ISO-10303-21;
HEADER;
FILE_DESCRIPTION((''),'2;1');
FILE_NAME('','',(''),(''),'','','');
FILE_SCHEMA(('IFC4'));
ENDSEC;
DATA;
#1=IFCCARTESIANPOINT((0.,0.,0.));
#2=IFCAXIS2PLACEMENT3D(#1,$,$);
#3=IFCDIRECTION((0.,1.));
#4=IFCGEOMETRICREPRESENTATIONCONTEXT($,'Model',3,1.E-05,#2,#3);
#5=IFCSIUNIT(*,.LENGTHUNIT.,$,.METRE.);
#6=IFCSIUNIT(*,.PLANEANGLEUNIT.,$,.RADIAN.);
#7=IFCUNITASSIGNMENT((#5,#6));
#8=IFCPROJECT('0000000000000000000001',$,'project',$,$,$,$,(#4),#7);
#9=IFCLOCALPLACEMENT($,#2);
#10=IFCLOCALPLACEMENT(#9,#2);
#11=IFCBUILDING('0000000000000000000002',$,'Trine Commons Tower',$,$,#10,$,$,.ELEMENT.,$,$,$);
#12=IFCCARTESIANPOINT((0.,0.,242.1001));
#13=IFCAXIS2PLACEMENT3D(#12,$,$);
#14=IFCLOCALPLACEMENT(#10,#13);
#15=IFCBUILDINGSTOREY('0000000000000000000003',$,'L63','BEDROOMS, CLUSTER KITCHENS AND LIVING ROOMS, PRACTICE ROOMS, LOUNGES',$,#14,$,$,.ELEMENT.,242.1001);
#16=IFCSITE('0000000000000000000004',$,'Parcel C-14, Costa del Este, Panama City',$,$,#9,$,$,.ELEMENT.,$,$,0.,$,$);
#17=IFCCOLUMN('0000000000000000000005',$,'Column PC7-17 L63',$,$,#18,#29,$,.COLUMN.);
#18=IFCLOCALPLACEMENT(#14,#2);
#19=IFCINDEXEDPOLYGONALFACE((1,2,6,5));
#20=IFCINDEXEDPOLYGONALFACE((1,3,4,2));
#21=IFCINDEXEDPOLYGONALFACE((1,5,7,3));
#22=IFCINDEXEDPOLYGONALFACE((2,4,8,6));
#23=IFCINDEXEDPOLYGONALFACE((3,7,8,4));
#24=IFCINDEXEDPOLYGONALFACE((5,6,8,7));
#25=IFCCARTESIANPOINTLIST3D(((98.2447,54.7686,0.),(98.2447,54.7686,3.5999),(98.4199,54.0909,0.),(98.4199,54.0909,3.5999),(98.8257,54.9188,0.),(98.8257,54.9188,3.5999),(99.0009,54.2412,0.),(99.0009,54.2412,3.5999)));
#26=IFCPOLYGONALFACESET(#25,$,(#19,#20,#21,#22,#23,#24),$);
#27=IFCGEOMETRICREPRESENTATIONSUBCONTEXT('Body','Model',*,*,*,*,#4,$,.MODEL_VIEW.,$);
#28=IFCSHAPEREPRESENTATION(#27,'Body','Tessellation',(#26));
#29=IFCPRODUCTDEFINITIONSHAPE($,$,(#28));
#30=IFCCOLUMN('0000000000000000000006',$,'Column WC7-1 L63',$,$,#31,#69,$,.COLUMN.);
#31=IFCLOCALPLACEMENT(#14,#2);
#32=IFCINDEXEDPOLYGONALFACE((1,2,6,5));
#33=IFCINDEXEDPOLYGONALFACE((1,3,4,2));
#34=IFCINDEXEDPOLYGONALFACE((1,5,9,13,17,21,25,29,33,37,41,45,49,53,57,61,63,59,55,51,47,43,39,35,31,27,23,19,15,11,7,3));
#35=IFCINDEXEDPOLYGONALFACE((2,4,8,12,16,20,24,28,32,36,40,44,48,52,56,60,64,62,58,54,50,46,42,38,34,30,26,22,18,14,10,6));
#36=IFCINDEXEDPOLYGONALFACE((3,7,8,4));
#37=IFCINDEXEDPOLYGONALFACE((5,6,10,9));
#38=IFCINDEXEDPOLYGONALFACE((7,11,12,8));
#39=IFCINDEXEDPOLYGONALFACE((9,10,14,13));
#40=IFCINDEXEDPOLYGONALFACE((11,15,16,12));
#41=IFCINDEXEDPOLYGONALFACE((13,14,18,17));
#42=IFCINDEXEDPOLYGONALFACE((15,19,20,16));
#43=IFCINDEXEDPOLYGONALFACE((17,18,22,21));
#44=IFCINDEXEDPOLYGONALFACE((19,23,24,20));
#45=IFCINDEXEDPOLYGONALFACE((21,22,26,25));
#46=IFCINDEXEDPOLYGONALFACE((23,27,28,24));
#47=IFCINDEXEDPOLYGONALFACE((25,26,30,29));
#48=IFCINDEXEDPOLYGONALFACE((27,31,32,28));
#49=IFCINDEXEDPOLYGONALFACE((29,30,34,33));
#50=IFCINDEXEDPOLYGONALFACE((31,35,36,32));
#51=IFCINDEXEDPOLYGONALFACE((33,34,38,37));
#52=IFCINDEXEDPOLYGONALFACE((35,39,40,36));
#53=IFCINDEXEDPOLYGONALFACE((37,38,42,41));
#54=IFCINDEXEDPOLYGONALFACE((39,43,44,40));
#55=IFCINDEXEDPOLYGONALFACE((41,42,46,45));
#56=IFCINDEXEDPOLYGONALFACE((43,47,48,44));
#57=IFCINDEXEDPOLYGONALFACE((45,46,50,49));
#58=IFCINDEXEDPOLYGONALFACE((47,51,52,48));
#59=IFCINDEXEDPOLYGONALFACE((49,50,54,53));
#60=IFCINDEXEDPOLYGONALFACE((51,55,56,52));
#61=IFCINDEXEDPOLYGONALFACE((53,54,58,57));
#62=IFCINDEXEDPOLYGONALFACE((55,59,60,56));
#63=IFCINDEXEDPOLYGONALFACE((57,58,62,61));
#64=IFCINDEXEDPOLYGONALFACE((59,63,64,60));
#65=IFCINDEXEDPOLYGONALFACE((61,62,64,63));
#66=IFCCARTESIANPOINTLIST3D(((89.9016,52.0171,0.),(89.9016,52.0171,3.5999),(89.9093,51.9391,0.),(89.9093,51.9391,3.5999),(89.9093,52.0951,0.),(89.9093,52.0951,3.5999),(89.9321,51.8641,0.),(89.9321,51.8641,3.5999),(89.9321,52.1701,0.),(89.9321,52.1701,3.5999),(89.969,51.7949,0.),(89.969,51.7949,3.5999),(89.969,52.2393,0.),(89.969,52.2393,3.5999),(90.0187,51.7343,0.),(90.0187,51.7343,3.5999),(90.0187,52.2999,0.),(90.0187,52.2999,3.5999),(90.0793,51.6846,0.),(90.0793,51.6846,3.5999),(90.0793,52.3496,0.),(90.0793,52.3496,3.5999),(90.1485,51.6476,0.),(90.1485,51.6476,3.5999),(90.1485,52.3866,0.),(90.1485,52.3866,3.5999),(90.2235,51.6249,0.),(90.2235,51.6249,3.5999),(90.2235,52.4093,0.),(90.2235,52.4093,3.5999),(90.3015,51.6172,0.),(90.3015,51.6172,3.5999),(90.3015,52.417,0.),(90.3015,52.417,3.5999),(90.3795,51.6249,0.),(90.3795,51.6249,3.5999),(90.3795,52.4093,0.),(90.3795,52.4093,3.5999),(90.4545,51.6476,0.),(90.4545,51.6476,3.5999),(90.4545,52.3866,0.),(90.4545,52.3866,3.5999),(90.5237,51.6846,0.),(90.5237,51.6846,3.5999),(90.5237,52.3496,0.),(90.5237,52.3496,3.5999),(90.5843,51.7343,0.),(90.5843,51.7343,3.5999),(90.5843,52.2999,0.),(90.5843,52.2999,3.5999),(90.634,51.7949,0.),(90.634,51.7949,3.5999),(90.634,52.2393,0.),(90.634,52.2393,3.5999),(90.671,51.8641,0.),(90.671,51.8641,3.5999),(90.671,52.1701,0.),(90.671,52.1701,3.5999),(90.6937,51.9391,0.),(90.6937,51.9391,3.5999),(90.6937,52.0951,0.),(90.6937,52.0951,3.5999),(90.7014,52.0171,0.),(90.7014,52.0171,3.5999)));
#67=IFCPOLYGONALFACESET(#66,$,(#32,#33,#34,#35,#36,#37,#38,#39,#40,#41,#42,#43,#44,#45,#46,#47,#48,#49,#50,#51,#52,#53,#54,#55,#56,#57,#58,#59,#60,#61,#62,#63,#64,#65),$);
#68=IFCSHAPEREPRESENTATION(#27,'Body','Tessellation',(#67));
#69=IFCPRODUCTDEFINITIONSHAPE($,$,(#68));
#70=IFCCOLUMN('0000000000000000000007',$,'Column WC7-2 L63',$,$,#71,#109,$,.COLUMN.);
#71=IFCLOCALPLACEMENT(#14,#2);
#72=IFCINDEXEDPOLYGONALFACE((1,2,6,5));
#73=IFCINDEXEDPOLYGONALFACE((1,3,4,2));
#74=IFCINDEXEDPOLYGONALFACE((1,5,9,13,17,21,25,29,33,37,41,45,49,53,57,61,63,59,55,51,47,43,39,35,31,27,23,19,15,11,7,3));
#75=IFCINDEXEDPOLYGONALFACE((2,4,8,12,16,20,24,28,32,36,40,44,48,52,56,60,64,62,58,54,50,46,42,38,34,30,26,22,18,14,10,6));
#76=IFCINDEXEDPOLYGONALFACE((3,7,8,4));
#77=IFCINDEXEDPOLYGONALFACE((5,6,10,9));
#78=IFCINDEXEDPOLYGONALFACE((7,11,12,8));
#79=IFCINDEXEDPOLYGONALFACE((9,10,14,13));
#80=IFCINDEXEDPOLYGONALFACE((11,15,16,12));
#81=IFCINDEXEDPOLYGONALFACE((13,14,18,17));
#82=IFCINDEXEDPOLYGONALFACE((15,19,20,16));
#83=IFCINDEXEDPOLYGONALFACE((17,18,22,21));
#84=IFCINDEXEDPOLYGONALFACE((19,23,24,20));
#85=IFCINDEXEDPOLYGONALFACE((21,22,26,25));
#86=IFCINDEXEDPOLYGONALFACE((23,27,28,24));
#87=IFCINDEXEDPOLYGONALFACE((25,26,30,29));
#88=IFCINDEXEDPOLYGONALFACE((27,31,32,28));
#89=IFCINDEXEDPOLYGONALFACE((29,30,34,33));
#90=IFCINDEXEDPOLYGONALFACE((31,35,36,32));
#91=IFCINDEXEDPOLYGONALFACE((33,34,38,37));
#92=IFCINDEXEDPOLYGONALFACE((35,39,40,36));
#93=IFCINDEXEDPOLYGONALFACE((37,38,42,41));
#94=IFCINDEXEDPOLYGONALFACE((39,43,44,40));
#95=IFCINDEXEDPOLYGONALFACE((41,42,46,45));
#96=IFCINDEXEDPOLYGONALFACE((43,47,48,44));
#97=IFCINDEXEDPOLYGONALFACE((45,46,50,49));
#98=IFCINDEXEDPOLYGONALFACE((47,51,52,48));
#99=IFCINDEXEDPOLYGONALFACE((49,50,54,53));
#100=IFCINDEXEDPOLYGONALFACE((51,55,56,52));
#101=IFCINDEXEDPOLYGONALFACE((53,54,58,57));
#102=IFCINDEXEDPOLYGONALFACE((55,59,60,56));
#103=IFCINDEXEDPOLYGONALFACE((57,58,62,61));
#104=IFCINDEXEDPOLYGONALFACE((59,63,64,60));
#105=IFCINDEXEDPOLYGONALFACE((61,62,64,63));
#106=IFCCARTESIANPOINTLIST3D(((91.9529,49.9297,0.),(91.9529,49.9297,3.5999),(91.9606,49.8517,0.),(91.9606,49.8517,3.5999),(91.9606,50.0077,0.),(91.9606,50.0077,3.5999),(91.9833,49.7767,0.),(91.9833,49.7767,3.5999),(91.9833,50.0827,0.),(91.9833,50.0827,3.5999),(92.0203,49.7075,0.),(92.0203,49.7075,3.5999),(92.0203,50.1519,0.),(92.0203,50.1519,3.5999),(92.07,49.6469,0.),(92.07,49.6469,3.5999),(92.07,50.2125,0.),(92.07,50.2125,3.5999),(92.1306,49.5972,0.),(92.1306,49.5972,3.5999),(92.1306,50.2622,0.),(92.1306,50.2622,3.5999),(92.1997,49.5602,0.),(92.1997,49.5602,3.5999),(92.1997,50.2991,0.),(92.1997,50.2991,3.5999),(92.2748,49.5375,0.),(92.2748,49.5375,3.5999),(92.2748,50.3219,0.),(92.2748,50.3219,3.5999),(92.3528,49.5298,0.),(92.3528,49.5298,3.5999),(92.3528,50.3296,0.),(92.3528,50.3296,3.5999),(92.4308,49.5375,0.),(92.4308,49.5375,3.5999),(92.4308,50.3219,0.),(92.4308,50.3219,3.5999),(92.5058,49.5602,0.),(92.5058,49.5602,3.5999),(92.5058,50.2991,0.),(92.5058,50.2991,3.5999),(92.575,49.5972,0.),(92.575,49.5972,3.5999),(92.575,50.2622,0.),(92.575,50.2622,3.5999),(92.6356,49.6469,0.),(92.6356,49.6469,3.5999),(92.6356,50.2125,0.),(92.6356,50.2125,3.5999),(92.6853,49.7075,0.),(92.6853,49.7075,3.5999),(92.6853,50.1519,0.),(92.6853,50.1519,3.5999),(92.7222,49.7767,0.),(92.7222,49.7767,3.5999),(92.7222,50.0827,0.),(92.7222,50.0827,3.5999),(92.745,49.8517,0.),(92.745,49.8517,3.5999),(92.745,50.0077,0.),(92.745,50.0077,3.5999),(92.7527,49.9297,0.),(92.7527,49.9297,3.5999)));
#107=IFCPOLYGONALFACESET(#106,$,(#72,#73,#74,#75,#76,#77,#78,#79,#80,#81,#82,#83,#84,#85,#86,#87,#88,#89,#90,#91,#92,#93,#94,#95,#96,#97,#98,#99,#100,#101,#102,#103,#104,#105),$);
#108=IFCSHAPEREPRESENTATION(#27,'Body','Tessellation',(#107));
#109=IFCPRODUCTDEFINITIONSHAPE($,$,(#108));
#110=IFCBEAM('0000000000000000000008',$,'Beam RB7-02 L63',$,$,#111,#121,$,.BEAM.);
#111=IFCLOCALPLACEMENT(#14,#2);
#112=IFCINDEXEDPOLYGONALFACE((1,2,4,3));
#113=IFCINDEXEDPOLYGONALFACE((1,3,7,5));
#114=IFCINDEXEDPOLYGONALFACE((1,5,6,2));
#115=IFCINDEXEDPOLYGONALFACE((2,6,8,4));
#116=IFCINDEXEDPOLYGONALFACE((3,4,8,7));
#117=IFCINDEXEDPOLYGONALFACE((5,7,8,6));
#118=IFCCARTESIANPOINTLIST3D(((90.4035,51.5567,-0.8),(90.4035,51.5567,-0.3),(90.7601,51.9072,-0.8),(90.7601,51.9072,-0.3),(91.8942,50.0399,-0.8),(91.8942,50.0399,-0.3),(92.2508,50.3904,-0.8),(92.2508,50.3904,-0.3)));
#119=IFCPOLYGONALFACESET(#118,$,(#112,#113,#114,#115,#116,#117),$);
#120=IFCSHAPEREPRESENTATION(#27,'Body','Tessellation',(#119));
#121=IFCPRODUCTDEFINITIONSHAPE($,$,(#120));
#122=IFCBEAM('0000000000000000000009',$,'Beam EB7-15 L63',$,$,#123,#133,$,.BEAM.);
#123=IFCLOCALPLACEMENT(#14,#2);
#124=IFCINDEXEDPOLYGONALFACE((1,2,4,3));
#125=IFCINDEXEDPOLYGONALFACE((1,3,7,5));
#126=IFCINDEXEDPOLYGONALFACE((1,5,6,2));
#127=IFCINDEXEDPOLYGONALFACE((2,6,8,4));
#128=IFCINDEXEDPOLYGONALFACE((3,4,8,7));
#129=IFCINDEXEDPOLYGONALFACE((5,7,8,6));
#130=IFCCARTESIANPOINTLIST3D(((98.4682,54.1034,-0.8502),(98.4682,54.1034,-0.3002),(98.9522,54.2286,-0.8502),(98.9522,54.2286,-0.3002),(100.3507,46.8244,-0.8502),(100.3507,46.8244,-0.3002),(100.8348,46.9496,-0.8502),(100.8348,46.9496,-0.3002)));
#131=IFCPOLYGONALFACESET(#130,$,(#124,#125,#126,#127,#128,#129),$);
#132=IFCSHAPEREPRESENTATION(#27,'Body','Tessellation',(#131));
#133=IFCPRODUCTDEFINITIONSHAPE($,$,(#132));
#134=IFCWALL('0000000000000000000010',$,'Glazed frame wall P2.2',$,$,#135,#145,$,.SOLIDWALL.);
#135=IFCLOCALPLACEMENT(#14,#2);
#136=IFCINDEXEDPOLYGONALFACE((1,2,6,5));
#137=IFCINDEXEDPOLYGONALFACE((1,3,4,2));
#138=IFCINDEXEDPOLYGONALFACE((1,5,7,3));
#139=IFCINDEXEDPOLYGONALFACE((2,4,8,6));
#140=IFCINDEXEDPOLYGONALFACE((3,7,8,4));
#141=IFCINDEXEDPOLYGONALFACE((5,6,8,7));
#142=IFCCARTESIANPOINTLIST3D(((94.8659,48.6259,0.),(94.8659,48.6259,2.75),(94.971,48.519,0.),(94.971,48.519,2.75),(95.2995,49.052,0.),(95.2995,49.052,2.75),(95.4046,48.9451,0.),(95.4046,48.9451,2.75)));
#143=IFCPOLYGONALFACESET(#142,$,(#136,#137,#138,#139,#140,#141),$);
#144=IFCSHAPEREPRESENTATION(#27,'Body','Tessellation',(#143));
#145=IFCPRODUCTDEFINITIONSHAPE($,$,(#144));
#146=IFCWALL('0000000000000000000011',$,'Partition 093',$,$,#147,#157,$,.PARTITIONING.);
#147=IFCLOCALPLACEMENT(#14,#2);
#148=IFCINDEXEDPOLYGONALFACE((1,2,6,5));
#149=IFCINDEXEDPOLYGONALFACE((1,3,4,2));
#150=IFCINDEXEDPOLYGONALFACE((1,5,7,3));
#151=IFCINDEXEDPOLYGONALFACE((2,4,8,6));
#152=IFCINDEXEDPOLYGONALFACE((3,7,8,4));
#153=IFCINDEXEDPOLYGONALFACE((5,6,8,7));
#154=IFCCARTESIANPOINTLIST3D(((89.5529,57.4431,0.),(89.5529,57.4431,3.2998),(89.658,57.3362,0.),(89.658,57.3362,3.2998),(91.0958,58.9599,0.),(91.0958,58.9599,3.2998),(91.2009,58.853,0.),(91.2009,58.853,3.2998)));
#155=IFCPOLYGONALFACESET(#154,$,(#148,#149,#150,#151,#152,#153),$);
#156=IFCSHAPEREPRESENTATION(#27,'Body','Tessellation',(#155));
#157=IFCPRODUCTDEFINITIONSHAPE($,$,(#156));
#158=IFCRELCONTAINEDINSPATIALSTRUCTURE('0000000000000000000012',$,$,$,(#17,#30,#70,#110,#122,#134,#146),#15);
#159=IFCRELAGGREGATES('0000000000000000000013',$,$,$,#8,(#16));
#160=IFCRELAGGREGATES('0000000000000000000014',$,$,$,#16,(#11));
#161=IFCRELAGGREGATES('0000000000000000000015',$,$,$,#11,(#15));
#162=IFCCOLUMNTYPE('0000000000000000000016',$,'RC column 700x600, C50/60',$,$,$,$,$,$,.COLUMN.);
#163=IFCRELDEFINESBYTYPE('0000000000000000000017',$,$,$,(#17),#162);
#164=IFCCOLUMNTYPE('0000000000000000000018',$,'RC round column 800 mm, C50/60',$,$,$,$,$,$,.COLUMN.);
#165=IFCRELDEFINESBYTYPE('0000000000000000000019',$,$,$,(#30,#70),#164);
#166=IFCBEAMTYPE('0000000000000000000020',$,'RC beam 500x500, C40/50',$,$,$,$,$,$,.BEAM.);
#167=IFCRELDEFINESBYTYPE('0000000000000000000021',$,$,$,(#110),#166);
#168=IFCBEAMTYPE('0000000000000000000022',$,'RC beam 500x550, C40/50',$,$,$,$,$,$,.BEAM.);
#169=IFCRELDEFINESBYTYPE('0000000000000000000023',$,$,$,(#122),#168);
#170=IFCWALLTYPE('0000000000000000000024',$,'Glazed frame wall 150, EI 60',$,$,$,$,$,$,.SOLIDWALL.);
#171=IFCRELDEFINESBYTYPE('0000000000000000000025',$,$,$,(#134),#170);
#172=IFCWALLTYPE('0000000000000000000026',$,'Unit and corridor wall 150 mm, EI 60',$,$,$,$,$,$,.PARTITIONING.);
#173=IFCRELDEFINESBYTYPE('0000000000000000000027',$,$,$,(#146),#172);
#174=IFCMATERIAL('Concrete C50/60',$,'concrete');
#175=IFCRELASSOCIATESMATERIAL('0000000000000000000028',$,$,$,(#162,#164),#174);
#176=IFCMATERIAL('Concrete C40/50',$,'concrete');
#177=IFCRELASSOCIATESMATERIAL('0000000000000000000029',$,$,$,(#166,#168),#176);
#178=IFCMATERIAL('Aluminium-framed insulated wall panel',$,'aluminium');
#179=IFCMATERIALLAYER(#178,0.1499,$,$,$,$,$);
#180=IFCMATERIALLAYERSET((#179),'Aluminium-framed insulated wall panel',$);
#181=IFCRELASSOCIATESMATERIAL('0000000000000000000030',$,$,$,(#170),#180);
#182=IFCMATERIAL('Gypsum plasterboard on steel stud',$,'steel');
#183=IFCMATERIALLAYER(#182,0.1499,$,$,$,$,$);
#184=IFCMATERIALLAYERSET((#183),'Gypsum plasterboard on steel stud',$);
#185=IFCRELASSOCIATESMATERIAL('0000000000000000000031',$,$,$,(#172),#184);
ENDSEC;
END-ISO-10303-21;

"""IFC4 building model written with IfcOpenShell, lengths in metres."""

from ifc_helpers import new_model, si_unit, direction, frame, frame_2d, origin, origin_2d, place, context, subcontext, project, spatial, polyline, rectangle, circle, outline, extrude, material, layer, layer_set, material_profile, profile_set, type_object, element, save


model = new_model("IFC4")

# Units and contexts
model_context = context("Model", 3, precision=1e-05, world=origin(), true_north=direction((0.0, 1.0)))
body_context = subcontext(model_context, "Body", "Model", "MODEL_VIEW")
ifc_project = project(units=[si_unit("LENGTHUNIT", "METRE"), si_unit("PLANEANGLEUNIT", "RADIAN")], contexts=[model_context])

# Site, building, storey
site_placement = place(None, origin())
site = spatial("IfcSite", under=ifc_project, at=site_placement, Name="Parcel C-14, Costa del Este, Panama City", CompositionType="ELEMENT", RefElevation=0.0)
building_placement = place(site_placement, origin())
building = spatial("IfcBuilding", under=site, at=building_placement, Name="Trine Commons Tower", CompositionType="ELEMENT")
storey_placement = place(building_placement, frame((0.0, 0.0, 242.1001)))
storey = spatial("IfcBuildingStorey", under=building, at=storey_placement, Name="L63", Description="BEDROOMS, CLUSTER KITCHENS AND LIVING ROOMS, PRACTICE ROOMS, LOUNGES", CompositionType="ELEMENT", Elevation=242.1001)

# Columns
ifc_material_1 = material(Name="Concrete C50/60", Category="concrete")
ifc_material_profile_1 = material_profile(ifc_material_1, rectangle(XDim=0.7, YDim=0.6001, at=origin_2d()), Name="RC 700x600")
ifc_profile_set_1 = profile_set([ifc_material_profile_1], Name="Concrete C50/60")
column_type_1 = type_object("IfcColumnType", Name="RC column 700x600, C50/60", PredefinedType="COLUMN", material=ifc_profile_set_1)
column_placement = place(storey_placement, frame((98.6228, 54.5049, 0.0), z_axis=(0.0, 0.0, 1.0), x_axis=(-0.25038, 0.968148, 0.0)))
element("IfcColumn", 1, at=column_placement, inside=storey, type_object=column_type_1, Name="Column PC7-17 L63", PredefinedType="COLUMN", context=body_context, shape_type="SweptSolid", body=[
    extrude(rectangle(XDim=0.7, YDim=0.6001, at=origin_2d()), origin(), (0.0, 0.0, 1.0), 3.5999),
])
ifc_material_profile_2 = material_profile(ifc_material_1, circle(Radius=0.3999, at=origin_2d()), Name="RC round 800")
ifc_profile_set_2 = profile_set([ifc_material_profile_2], Name="Concrete C50/60")
column_type_2 = type_object("IfcColumnType", Name="RC round column 800 mm, C50/60", PredefinedType="COLUMN", material=ifc_profile_set_2)
for number, where, z_axis, x_axis, name in (
    (2, (90.3015, 52.0171, 0.0), (0.0, 0.0, 1.0), (1.0, 0.0, 0.0), "Column WC7-1 L63"),
    (3, (92.3528, 49.9297, 0.0), (0.0, 0.0, 1.0), (1.0, 0.0, 0.0), "Column WC7-2 L63"),
):
    element("IfcColumn", number, at=place(storey_placement, frame(where, z_axis=z_axis, x_axis=x_axis)), inside=storey, type_object=column_type_2, Name=name, PredefinedType="COLUMN", context=body_context, shape_type="SweptSolid", body=[
        extrude(circle(Radius=0.3999, at=origin_2d()), origin(), (0.0, 0.0, 1.0), 3.5999),
    ])

# Beams
ifc_material_2 = material(Name="Concrete C40/50", Category="concrete")
ifc_material_profile_3 = material_profile(ifc_material_2, rectangle(XDim=0.5, YDim=0.5, at=origin_2d()), Name="RC 500x500")
ifc_profile_set_3 = profile_set([ifc_material_profile_3], Name="Concrete C40/50")
beam_type_1 = type_object("IfcBeamType", Name="RC beam 500x500, C40/50", PredefinedType="BEAM", material=ifc_profile_set_3)
beam_1_placement = place(storey_placement, frame((90.5818, 51.7319, -0.55), z_axis=(0.700939, -0.713222, 0.0), x_axis=(0.713222, 0.700939, 0.0)))
element("IfcBeam", 4, at=beam_1_placement, inside=storey, type_object=beam_type_1, Name="Beam RB7-02 L63", PredefinedType="BEAM", context=body_context, shape_type="SweptSolid", body=[
    extrude(rectangle(XDim=0.5, YDim=0.5, at=origin_2d()), origin(), (0.0, 0.0, 1.0), 2.1267),
])
ifc_material_profile_4 = material_profile(ifc_material_2, rectangle(XDim=0.5, YDim=0.55, at=origin_2d()), Name="RC 500x550")
ifc_profile_set_4 = profile_set([ifc_material_profile_4], Name="Concrete C40/50")
beam_type_2 = type_object("IfcBeamType", Name="RC beam 500x550, C40/50", PredefinedType="BEAM", material=ifc_profile_set_4)
beam_2_placement = place(storey_placement, frame((98.7102, 54.166, -0.5752), z_axis=(0.25039, -0.968145, 0.0), x_axis=(0.968145, 0.25039, 0.0)))
element("IfcBeam", 5, at=beam_2_placement, inside=storey, type_object=beam_type_2, Name="Beam EB7-15 L63", PredefinedType="BEAM", context=body_context, shape_type="SweptSolid", body=[
    extrude(rectangle(XDim=0.5, YDim=0.55, at=origin_2d()), origin(), (0.0, 0.0, 1.0), 7.5186),
])

# Walls
ifc_material_3 = material(Name="Aluminium-framed insulated wall panel", Category="aluminium")
ifc_layer_1 = layer(ifc_material_3, 0.1499)
ifc_layer_set_1 = layer_set([ifc_layer_1], Name="Aluminium-framed insulated wall panel")
wall_type_1 = type_object("IfcWallType", Name="Glazed frame wall 150, EI 60", PredefinedType="SOLIDWALL", material=ifc_layer_set_1)
wall_1_placement = place(storey_placement, frame((95.3521, 48.9985, 0.0), z_axis=(0.0, 0.0, 1.0), x_axis=(-0.713305, -0.700854, 0.0)))
element("IfcWall", 6, at=wall_1_placement, inside=storey, type_object=wall_type_1, Name="Glazed frame wall P2.2", PredefinedType="SOLIDWALL", context=body_context, shape_type="SweptSolid", body=[
    extrude(outline(polyline([(0.0, -0.075), (0.6079, -0.075), (0.6079, 0.075), (0.0, 0.075), (0.0, -0.075)])), origin(), (0.0, 0.0, 1.0), 2.75),
])
ifc_material_4 = material(Name="Gypsum plasterboard on steel stud", Category="steel")
ifc_layer_2 = layer(ifc_material_4, 0.1499)
ifc_layer_set_2 = layer_set([ifc_layer_2], Name="Gypsum plasterboard on steel stud")
wall_type_2 = type_object("IfcWallType", Name="Unit and corridor wall 150 mm, EI 60", PredefinedType="PARTITIONING", material=ifc_layer_set_2)
wall_2_placement = place(storey_placement, frame((89.6055, 57.3896, 0.0), z_axis=(0.0, 0.0, 1.0), x_axis=(0.713118, 0.701044, 0.0)))
element("IfcWall", 7, at=wall_2_placement, inside=storey, type_object=wall_type_2, Name="Partition 093", PredefinedType="PARTITIONING", context=body_context, shape_type="SweptSolid", body=[
    extrude(rectangle(XDim=2.1636, YDim=0.1499, at=frame_2d((1.0818, 0.0))), origin(), (0.0, 0.0, 1.0), 3.2998),
])

save(model, "model.ifc")
